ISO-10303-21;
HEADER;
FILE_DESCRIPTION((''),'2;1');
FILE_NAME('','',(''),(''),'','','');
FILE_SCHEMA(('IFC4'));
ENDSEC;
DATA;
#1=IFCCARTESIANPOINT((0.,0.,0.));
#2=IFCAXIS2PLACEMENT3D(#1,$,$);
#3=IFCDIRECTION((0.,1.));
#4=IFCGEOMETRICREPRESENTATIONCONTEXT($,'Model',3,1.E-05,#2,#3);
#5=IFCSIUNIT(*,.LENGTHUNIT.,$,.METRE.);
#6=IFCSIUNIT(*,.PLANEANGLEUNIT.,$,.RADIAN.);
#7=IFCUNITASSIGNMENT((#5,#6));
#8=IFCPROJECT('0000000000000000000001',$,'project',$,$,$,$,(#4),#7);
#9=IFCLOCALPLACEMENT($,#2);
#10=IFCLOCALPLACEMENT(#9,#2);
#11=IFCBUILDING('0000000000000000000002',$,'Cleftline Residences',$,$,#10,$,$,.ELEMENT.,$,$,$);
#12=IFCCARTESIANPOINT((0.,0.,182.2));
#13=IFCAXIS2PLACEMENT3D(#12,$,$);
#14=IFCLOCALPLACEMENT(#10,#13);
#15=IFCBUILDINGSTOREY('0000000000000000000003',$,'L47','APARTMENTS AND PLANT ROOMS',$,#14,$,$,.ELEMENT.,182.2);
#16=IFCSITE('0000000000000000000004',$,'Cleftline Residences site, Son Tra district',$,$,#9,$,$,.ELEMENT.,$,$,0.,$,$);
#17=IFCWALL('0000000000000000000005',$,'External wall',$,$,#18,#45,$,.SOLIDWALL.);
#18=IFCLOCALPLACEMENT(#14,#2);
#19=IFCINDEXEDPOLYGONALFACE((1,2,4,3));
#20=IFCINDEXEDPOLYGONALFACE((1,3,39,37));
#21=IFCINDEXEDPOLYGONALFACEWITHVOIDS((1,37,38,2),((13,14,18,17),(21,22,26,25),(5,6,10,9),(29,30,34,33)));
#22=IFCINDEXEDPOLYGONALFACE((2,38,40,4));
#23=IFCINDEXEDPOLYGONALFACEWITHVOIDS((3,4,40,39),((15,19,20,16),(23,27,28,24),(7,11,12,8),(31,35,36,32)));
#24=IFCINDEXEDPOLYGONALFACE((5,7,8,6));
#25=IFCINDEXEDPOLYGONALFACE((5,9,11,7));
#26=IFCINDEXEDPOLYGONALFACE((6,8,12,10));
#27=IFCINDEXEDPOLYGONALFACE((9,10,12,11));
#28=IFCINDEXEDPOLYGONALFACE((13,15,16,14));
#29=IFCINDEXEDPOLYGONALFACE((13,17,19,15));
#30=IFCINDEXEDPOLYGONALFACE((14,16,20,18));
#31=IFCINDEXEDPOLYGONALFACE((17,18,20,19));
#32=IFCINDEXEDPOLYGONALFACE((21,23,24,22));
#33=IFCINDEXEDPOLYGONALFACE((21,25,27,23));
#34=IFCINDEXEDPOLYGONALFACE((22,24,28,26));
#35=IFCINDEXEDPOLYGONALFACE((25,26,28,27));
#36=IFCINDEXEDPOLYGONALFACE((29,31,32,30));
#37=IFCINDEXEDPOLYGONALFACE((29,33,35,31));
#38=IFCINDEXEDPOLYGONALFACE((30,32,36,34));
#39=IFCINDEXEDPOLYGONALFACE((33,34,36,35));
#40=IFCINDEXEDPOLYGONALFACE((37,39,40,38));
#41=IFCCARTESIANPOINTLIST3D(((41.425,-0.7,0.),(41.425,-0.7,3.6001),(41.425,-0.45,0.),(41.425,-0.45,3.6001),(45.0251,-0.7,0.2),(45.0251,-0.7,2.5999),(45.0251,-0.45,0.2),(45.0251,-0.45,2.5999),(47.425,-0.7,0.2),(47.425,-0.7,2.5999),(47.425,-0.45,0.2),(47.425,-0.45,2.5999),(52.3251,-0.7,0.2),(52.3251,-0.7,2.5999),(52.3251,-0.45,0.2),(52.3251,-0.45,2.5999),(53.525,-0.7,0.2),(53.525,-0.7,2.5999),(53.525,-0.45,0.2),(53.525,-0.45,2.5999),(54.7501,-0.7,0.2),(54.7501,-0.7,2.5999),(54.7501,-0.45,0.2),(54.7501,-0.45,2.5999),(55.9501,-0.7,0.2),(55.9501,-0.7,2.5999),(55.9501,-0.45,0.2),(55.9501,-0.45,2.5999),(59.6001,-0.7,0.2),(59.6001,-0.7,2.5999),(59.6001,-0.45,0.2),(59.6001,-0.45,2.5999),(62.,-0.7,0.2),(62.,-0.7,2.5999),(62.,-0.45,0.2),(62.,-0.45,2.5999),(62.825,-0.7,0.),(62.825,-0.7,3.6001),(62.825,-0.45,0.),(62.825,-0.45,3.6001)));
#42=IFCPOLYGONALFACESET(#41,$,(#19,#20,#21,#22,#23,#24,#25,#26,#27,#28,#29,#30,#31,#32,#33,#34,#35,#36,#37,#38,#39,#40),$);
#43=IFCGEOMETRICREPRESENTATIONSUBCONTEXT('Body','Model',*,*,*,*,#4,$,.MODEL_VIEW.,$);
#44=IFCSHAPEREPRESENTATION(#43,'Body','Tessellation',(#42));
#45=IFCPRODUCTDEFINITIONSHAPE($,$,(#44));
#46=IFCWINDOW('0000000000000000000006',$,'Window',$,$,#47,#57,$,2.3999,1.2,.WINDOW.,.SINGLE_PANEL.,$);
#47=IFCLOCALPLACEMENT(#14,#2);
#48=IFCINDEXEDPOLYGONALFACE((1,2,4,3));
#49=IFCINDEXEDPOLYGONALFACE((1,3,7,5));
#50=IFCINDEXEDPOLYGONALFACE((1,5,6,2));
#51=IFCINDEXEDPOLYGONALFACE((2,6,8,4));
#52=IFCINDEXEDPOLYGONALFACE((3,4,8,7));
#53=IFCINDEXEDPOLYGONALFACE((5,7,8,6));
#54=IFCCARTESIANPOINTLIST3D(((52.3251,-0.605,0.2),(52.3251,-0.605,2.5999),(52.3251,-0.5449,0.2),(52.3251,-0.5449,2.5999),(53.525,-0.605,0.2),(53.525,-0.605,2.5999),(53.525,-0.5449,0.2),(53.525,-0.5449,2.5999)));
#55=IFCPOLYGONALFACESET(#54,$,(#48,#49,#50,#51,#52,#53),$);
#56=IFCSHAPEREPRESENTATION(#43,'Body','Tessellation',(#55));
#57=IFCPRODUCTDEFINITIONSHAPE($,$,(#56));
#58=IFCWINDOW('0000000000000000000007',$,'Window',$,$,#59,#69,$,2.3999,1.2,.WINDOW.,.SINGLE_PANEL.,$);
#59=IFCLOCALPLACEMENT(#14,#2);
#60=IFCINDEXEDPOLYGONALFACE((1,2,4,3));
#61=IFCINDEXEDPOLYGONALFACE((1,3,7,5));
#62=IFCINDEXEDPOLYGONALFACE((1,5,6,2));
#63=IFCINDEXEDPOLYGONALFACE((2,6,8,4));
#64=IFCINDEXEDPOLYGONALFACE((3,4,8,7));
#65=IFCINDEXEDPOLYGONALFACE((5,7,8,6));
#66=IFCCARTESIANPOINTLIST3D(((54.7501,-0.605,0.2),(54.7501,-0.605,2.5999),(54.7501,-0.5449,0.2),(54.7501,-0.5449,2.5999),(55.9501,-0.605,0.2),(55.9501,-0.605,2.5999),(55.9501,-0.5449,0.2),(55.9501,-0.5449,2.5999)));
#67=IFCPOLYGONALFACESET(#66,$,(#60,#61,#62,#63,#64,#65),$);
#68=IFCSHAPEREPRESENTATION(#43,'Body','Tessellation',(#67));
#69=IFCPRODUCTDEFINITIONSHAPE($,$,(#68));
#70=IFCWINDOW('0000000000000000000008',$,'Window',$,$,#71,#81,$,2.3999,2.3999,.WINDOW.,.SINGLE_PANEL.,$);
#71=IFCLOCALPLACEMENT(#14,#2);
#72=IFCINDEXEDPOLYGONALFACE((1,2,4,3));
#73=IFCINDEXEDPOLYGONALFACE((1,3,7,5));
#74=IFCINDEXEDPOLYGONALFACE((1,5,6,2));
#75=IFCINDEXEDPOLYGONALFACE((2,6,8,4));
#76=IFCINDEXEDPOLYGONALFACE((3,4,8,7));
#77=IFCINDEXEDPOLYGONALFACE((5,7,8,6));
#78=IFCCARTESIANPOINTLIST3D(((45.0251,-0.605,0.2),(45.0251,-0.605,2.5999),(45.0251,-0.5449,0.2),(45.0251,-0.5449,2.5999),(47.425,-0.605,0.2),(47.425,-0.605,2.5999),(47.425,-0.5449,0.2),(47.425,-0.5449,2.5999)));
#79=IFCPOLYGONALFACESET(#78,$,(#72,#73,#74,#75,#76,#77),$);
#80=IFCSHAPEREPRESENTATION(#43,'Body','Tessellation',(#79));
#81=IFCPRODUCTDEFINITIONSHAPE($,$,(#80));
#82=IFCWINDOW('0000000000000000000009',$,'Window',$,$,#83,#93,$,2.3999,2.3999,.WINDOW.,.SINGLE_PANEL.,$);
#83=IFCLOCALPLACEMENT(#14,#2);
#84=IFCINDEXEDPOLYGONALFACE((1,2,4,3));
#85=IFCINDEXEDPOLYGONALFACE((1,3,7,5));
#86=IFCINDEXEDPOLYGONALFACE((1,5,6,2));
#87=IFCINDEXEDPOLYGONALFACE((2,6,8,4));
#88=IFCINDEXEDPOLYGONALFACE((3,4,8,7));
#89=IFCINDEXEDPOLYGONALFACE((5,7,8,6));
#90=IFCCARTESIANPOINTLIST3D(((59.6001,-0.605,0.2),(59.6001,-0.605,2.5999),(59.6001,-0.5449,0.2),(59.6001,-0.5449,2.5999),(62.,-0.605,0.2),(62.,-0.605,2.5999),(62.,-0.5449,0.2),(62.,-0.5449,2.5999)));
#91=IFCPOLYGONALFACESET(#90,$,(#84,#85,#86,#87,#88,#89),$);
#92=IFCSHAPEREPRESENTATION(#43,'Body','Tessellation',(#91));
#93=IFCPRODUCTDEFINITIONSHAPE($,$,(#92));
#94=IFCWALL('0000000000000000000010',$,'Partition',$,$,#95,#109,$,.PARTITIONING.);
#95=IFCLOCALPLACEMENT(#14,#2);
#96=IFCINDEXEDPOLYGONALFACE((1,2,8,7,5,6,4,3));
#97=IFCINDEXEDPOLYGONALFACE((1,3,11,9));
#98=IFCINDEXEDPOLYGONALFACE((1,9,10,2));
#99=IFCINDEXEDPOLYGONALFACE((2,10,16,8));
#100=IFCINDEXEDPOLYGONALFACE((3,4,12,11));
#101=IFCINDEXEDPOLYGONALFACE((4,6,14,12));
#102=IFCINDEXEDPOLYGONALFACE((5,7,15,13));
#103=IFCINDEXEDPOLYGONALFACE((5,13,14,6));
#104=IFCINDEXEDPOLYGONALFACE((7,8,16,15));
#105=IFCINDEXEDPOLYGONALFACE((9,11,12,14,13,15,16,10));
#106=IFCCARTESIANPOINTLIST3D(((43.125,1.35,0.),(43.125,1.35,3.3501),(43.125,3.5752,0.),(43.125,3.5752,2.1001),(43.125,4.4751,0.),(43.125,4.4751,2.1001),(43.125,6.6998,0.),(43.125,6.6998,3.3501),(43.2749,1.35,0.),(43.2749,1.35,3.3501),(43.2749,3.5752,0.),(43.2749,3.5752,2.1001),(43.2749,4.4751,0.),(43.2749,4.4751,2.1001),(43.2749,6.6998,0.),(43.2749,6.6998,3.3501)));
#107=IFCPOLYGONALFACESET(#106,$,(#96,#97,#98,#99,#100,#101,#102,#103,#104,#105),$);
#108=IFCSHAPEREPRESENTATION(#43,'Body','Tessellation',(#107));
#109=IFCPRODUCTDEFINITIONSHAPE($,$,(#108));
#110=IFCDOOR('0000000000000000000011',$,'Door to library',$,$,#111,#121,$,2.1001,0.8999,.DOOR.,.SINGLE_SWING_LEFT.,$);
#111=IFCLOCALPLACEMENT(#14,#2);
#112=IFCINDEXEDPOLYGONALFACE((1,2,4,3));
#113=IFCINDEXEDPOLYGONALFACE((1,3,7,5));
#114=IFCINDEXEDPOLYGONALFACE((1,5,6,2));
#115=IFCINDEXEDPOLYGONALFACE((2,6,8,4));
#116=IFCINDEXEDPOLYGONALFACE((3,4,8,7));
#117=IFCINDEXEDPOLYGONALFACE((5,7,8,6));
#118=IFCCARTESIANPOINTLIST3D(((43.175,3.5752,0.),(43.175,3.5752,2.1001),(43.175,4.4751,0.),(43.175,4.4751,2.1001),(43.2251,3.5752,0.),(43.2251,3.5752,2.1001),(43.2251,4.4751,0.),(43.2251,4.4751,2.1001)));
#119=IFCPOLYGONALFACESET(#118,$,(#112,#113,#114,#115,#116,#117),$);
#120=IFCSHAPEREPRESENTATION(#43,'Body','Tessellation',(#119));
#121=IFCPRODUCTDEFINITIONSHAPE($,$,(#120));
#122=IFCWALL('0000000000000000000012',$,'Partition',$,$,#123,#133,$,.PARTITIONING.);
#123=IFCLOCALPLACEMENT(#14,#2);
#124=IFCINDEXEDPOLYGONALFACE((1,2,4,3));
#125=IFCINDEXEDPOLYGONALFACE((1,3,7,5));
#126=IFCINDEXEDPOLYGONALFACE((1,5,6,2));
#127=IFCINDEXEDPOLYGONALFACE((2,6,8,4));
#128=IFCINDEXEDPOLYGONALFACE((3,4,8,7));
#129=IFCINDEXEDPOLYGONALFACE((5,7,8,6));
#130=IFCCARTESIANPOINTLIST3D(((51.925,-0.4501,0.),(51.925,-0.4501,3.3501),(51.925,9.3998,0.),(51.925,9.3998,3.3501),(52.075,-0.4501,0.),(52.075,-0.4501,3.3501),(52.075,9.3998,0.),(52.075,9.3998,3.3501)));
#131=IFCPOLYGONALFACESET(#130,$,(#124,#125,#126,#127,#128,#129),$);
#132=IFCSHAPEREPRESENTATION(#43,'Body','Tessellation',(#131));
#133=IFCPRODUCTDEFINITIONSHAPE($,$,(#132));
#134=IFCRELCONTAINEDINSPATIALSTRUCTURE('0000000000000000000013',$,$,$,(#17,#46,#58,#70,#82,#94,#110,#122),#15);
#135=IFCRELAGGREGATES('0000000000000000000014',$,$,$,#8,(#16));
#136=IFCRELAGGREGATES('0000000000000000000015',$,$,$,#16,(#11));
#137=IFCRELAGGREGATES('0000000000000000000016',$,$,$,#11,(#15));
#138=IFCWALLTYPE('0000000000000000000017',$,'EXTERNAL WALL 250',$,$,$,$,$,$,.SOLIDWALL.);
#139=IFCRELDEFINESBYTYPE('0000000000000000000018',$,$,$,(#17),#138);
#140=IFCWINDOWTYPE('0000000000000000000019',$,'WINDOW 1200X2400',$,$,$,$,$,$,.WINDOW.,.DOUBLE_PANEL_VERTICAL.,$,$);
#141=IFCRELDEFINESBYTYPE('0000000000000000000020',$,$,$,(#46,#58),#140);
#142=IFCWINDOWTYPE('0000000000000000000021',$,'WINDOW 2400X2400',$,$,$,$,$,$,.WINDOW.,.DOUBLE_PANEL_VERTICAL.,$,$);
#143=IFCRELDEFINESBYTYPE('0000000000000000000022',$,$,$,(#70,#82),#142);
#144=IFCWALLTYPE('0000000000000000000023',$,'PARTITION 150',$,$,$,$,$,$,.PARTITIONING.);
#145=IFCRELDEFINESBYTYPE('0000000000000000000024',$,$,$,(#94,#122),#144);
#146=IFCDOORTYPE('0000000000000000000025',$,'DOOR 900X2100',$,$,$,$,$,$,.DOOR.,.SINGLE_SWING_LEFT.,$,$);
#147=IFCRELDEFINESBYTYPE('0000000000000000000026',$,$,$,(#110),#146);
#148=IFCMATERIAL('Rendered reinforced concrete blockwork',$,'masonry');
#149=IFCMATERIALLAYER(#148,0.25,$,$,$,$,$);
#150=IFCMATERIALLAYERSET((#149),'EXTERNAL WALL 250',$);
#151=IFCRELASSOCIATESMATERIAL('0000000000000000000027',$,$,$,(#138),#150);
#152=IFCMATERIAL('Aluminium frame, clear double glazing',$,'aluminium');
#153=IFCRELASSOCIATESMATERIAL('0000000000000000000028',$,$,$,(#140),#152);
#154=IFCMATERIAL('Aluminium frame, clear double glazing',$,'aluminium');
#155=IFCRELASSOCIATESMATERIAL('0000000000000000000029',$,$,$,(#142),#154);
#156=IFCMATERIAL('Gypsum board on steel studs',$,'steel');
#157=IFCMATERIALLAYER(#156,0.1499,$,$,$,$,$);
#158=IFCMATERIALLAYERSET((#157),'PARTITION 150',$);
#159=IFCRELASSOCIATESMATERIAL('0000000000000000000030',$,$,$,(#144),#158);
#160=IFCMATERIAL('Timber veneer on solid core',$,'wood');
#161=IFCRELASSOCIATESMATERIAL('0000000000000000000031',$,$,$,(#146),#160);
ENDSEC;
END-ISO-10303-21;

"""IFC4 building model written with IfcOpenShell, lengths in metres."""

from ifc_helpers import new_model, si_unit, direction, frame, frame_2d, origin, place, context, subcontext, project, spatial, rectangle, extrude, material, layer, layer_set, type_object, element, fill, save


model = new_model("IFC4")

# Units and contexts
model_context = context("Model", 3, precision=1e-05, world=origin(), true_north=direction((0.0, 1.0)))
body_context = subcontext(model_context, "Body", "Model", "MODEL_VIEW")
ifc_project = project(units=[si_unit("LENGTHUNIT", "METRE"), si_unit("PLANEANGLEUNIT", "RADIAN")], contexts=[model_context])

# Site, building, storey
site_placement = place(None, origin())
site = spatial("IfcSite", under=ifc_project, at=site_placement, Name="Cleftline Residences site, Son Tra district", CompositionType="ELEMENT", RefElevation=0.0)
building_placement = place(site_placement, origin())
building = spatial("IfcBuilding", under=site, at=building_placement, Name="Cleftline Residences", CompositionType="ELEMENT")
storey_placement = place(building_placement, frame((0.0, 0.0, 182.2)))
storey = spatial("IfcBuildingStorey", under=building, at=storey_placement, Name="L47", Description="APARTMENTS AND PLANT ROOMS", CompositionType="ELEMENT", Elevation=182.2)

# Wall, openings, windows
ifc_material_1 = material(Name="Rendered reinforced concrete blockwork", Category="masonry")
ifc_layer_1 = layer(ifc_material_1, 0.25)
ifc_layer_set_1 = layer_set([ifc_layer_1], Name="EXTERNAL WALL 250")
wall_type_1 = type_object("IfcWallType", Name="EXTERNAL WALL 250", PredefinedType="SOLIDWALL", material=ifc_layer_set_1)
wall_1_placement = place(storey_placement, frame((41.425, -0.575, 0.0), z_axis=(0.0, 0.0, 1.0), x_axis=(1.0, 0.0, 0.0)))
wall_1 = element("IfcWall", 1, at=wall_1_placement, inside=storey, type_object=wall_type_1, Name="External wall", PredefinedType="SOLIDWALL", context=body_context, shape_type="SweptSolid", body=[
    extrude(rectangle(XDim=21.3999, YDim=0.25, at=frame_2d((10.7, 0.0))), origin(), (0.0, 0.0, 1.0), 3.6001),
])
opening_1_placement = place(wall_1_placement, frame((3.6001, 0.0, 0.2)))
opening_1 = element("IfcOpeningElement", 2, at=opening_1_placement, cuts=wall_1, PredefinedType="OPENING", context=body_context, shape_type="SweptSolid", body=[
    extrude(rectangle(XDim=2.3999, YDim=2.3999, at=frame_2d((1.2, 1.2))), frame((0.0, 0.135, 0.0), z_axis=(0.0, -1.0, 0.0), x_axis=(1.0, 0.0, 0.0)), (0.0, 0.0, 1.0), 0.27),
])
opening_2_placement = place(wall_1_placement, frame((10.8999, 0.0, 0.2)))
opening_2 = element("IfcOpeningElement", 3, at=opening_2_placement, cuts=wall_1, PredefinedType="OPENING", context=body_context, shape_type="SweptSolid", body=[
    extrude(rectangle(XDim=1.2, YDim=2.3999, at=frame_2d((0.6001, 1.2))), frame((0.0, 0.135, 0.0), z_axis=(0.0, -1.0, 0.0), x_axis=(1.0, 0.0, 0.0)), (0.0, 0.0, 1.0), 0.27),
])
opening_3_placement = place(wall_1_placement, frame((13.325, 0.0, 0.2)))
opening_3 = element("IfcOpeningElement", 4, at=opening_3_placement, cuts=wall_1, PredefinedType="OPENING", context=body_context, shape_type="SweptSolid", body=[
    extrude(rectangle(XDim=1.2, YDim=2.3999, at=frame_2d((0.6001, 1.2))), frame((0.0, 0.135, 0.0), z_axis=(0.0, -1.0, 0.0), x_axis=(1.0, 0.0, 0.0)), (0.0, 0.0, 1.0), 0.27),
])
opening_4_placement = place(wall_1_placement, frame((18.175, 0.0, 0.2)))
opening_4 = element("IfcOpeningElement", 5, at=opening_4_placement, cuts=wall_1, PredefinedType="OPENING", context=body_context, shape_type="SweptSolid", body=[
    extrude(rectangle(XDim=2.3999, YDim=2.3999, at=frame_2d((1.2, 1.2))), frame((0.0, 0.135, 0.0), z_axis=(0.0, -1.0, 0.0), x_axis=(1.0, 0.0, 0.0)), (0.0, 0.0, 1.0), 0.27),
])
ifc_material_2 = material(Name="Aluminium frame, clear double glazing", Category="aluminium")
window_type_1 = type_object("IfcWindowType", Name="WINDOW 1200X2400", PartitioningType="DOUBLE_PANEL_VERTICAL", PredefinedType="WINDOW", material=ifc_material_2)
window_1_placement = place(opening_2_placement, origin())
window_1 = element("IfcWindow", 6, at=window_1_placement, inside=storey, type_object=window_type_1, Name="Window", OverallHeight=2.3999, OverallWidth=1.2, PartitioningType="SINGLE_PANEL", PredefinedType="WINDOW", context=body_context, shape_type="SweptSolid", body=[
    extrude(rectangle(XDim=1.2, YDim=2.3999, at=frame_2d((0.6001, 1.2))), frame((0.0, 0.03, 0.0), z_axis=(0.0, -1.0, 0.0), x_axis=(1.0, 0.0, 0.0)), (0.0, 0.0, 1.0), 0.0601),
])
fill(opening_2, window_1)
window_2_placement = place(opening_3_placement, origin())
window_2 = element("IfcWindow", 7, at=window_2_placement, inside=storey, type_object=window_type_1, Name="Window", OverallHeight=2.3999, OverallWidth=1.2, PartitioningType="SINGLE_PANEL", PredefinedType="WINDOW", context=body_context, shape_type="SweptSolid", body=[
    extrude(rectangle(XDim=1.2, YDim=2.3999, at=frame_2d((0.6001, 1.2))), frame((0.0, 0.03, 0.0), z_axis=(0.0, -1.0, 0.0), x_axis=(1.0, 0.0, 0.0)), (0.0, 0.0, 1.0), 0.0601),
])
fill(opening_3, window_2)
ifc_material_3 = material(Name="Aluminium frame, clear double glazing", Category="aluminium")
window_type_2 = type_object("IfcWindowType", Name="WINDOW 2400X2400", PartitioningType="DOUBLE_PANEL_VERTICAL", PredefinedType="WINDOW", material=ifc_material_3)
window_3_placement = place(opening_1_placement, origin())
window_3 = element("IfcWindow", 8, at=window_3_placement, inside=storey, type_object=window_type_2, Name="Window", OverallHeight=2.3999, OverallWidth=2.3999, PartitioningType="SINGLE_PANEL", PredefinedType="WINDOW", context=body_context, shape_type="SweptSolid", body=[
    extrude(rectangle(XDim=2.3999, YDim=2.3999, at=frame_2d((1.2, 1.2))), frame((0.0, 0.03, 0.0), z_axis=(0.0, -1.0, 0.0), x_axis=(1.0, 0.0, 0.0)), (0.0, 0.0, 1.0), 0.0601),
])
fill(opening_1, window_3)
window_4_placement = place(opening_4_placement, origin())
window_4 = element("IfcWindow", 9, at=window_4_placement, inside=storey, type_object=window_type_2, Name="Window", OverallHeight=2.3999, OverallWidth=2.3999, PartitioningType="SINGLE_PANEL", PredefinedType="WINDOW", context=body_context, shape_type="SweptSolid", body=[
    extrude(rectangle(XDim=2.3999, YDim=2.3999, at=frame_2d((1.2, 1.2))), frame((0.0, 0.03, 0.0), z_axis=(0.0, -1.0, 0.0), x_axis=(1.0, 0.0, 0.0)), (0.0, 0.0, 1.0), 0.0601),
])
fill(opening_4, window_4)

# Wall, opening, door
ifc_material_4 = material(Name="Gypsum board on steel studs", Category="steel")
ifc_layer_2 = layer(ifc_material_4, 0.1499)
ifc_layer_set_2 = layer_set([ifc_layer_2], Name="PARTITION 150")
wall_type_2 = type_object("IfcWallType", Name="PARTITION 150", PredefinedType="PARTITIONING", material=ifc_layer_set_2)
wall_2_placement = place(storey_placement, frame((43.2, 1.3501, 0.0), z_axis=(0.0, 0.0, 1.0), x_axis=(0.0, 1.0, 0.0)))
wall_2 = element("IfcWall", 10, at=wall_2_placement, inside=storey, type_object=wall_type_2, Name="Partition", PredefinedType="PARTITIONING", context=body_context, shape_type="SweptSolid", body=[
    extrude(rectangle(XDim=5.3499, YDim=0.1499, at=frame_2d((2.6748, 0.0))), origin(), (0.0, 0.0, 1.0), 3.3501),
])
opening_5_placement = place(wall_2_placement, frame((2.2251, 0.0, 0.0)))
opening_5 = element("IfcOpeningElement", 11, at=opening_5_placement, cuts=wall_2, PredefinedType="OPENING", context=body_context, shape_type="SweptSolid", body=[
    extrude(rectangle(XDim=0.8999, YDim=2.1001, at=frame_2d((0.45, 1.05))), frame((0.0, 0.085, 0.0), z_axis=(0.0, -1.0, 0.0), x_axis=(1.0, 0.0, 0.0)), (0.0, 0.0, 1.0), 0.1699),
])
ifc_material_5 = material(Name="Timber veneer on solid core", Category="wood")
door_type = type_object("IfcDoorType", Name="DOOR 900X2100", OperationType="SINGLE_SWING_LEFT", PredefinedType="DOOR", material=ifc_material_5)
door_placement = place(opening_5_placement, origin())
door = element("IfcDoor", 12, at=door_placement, inside=storey, type_object=door_type, Name="Door to library", OperationType="SINGLE_SWING_LEFT", OverallHeight=2.1001, OverallWidth=0.8999, PredefinedType="DOOR", context=body_context, shape_type="SweptSolid", body=[
    extrude(rectangle(XDim=0.8999, YDim=2.1001, at=frame_2d((0.45, 1.05))), frame((0.0, 0.0249, 0.0), z_axis=(0.0, -1.0, 0.0), x_axis=(1.0, 0.0, 0.0)), (0.0, 0.0, 1.0), 0.05),
])
fill(opening_5, door)

# Wall
wall_3_placement = place(storey_placement, frame((52.0, -0.45, 0.0), z_axis=(0.0, 0.0, 1.0), x_axis=(0.0, 1.0, 0.0)))
element("IfcWall", 13, at=wall_3_placement, inside=storey, type_object=wall_type_2, Name="Partition", PredefinedType="PARTITIONING", context=body_context, shape_type="SweptSolid", body=[
    extrude(rectangle(XDim=9.8499, YDim=0.1499, at=frame_2d((4.9248, 0.0))), origin(), (0.0, 0.0, 1.0), 3.3501),
])

save(model, "model.ifc")
